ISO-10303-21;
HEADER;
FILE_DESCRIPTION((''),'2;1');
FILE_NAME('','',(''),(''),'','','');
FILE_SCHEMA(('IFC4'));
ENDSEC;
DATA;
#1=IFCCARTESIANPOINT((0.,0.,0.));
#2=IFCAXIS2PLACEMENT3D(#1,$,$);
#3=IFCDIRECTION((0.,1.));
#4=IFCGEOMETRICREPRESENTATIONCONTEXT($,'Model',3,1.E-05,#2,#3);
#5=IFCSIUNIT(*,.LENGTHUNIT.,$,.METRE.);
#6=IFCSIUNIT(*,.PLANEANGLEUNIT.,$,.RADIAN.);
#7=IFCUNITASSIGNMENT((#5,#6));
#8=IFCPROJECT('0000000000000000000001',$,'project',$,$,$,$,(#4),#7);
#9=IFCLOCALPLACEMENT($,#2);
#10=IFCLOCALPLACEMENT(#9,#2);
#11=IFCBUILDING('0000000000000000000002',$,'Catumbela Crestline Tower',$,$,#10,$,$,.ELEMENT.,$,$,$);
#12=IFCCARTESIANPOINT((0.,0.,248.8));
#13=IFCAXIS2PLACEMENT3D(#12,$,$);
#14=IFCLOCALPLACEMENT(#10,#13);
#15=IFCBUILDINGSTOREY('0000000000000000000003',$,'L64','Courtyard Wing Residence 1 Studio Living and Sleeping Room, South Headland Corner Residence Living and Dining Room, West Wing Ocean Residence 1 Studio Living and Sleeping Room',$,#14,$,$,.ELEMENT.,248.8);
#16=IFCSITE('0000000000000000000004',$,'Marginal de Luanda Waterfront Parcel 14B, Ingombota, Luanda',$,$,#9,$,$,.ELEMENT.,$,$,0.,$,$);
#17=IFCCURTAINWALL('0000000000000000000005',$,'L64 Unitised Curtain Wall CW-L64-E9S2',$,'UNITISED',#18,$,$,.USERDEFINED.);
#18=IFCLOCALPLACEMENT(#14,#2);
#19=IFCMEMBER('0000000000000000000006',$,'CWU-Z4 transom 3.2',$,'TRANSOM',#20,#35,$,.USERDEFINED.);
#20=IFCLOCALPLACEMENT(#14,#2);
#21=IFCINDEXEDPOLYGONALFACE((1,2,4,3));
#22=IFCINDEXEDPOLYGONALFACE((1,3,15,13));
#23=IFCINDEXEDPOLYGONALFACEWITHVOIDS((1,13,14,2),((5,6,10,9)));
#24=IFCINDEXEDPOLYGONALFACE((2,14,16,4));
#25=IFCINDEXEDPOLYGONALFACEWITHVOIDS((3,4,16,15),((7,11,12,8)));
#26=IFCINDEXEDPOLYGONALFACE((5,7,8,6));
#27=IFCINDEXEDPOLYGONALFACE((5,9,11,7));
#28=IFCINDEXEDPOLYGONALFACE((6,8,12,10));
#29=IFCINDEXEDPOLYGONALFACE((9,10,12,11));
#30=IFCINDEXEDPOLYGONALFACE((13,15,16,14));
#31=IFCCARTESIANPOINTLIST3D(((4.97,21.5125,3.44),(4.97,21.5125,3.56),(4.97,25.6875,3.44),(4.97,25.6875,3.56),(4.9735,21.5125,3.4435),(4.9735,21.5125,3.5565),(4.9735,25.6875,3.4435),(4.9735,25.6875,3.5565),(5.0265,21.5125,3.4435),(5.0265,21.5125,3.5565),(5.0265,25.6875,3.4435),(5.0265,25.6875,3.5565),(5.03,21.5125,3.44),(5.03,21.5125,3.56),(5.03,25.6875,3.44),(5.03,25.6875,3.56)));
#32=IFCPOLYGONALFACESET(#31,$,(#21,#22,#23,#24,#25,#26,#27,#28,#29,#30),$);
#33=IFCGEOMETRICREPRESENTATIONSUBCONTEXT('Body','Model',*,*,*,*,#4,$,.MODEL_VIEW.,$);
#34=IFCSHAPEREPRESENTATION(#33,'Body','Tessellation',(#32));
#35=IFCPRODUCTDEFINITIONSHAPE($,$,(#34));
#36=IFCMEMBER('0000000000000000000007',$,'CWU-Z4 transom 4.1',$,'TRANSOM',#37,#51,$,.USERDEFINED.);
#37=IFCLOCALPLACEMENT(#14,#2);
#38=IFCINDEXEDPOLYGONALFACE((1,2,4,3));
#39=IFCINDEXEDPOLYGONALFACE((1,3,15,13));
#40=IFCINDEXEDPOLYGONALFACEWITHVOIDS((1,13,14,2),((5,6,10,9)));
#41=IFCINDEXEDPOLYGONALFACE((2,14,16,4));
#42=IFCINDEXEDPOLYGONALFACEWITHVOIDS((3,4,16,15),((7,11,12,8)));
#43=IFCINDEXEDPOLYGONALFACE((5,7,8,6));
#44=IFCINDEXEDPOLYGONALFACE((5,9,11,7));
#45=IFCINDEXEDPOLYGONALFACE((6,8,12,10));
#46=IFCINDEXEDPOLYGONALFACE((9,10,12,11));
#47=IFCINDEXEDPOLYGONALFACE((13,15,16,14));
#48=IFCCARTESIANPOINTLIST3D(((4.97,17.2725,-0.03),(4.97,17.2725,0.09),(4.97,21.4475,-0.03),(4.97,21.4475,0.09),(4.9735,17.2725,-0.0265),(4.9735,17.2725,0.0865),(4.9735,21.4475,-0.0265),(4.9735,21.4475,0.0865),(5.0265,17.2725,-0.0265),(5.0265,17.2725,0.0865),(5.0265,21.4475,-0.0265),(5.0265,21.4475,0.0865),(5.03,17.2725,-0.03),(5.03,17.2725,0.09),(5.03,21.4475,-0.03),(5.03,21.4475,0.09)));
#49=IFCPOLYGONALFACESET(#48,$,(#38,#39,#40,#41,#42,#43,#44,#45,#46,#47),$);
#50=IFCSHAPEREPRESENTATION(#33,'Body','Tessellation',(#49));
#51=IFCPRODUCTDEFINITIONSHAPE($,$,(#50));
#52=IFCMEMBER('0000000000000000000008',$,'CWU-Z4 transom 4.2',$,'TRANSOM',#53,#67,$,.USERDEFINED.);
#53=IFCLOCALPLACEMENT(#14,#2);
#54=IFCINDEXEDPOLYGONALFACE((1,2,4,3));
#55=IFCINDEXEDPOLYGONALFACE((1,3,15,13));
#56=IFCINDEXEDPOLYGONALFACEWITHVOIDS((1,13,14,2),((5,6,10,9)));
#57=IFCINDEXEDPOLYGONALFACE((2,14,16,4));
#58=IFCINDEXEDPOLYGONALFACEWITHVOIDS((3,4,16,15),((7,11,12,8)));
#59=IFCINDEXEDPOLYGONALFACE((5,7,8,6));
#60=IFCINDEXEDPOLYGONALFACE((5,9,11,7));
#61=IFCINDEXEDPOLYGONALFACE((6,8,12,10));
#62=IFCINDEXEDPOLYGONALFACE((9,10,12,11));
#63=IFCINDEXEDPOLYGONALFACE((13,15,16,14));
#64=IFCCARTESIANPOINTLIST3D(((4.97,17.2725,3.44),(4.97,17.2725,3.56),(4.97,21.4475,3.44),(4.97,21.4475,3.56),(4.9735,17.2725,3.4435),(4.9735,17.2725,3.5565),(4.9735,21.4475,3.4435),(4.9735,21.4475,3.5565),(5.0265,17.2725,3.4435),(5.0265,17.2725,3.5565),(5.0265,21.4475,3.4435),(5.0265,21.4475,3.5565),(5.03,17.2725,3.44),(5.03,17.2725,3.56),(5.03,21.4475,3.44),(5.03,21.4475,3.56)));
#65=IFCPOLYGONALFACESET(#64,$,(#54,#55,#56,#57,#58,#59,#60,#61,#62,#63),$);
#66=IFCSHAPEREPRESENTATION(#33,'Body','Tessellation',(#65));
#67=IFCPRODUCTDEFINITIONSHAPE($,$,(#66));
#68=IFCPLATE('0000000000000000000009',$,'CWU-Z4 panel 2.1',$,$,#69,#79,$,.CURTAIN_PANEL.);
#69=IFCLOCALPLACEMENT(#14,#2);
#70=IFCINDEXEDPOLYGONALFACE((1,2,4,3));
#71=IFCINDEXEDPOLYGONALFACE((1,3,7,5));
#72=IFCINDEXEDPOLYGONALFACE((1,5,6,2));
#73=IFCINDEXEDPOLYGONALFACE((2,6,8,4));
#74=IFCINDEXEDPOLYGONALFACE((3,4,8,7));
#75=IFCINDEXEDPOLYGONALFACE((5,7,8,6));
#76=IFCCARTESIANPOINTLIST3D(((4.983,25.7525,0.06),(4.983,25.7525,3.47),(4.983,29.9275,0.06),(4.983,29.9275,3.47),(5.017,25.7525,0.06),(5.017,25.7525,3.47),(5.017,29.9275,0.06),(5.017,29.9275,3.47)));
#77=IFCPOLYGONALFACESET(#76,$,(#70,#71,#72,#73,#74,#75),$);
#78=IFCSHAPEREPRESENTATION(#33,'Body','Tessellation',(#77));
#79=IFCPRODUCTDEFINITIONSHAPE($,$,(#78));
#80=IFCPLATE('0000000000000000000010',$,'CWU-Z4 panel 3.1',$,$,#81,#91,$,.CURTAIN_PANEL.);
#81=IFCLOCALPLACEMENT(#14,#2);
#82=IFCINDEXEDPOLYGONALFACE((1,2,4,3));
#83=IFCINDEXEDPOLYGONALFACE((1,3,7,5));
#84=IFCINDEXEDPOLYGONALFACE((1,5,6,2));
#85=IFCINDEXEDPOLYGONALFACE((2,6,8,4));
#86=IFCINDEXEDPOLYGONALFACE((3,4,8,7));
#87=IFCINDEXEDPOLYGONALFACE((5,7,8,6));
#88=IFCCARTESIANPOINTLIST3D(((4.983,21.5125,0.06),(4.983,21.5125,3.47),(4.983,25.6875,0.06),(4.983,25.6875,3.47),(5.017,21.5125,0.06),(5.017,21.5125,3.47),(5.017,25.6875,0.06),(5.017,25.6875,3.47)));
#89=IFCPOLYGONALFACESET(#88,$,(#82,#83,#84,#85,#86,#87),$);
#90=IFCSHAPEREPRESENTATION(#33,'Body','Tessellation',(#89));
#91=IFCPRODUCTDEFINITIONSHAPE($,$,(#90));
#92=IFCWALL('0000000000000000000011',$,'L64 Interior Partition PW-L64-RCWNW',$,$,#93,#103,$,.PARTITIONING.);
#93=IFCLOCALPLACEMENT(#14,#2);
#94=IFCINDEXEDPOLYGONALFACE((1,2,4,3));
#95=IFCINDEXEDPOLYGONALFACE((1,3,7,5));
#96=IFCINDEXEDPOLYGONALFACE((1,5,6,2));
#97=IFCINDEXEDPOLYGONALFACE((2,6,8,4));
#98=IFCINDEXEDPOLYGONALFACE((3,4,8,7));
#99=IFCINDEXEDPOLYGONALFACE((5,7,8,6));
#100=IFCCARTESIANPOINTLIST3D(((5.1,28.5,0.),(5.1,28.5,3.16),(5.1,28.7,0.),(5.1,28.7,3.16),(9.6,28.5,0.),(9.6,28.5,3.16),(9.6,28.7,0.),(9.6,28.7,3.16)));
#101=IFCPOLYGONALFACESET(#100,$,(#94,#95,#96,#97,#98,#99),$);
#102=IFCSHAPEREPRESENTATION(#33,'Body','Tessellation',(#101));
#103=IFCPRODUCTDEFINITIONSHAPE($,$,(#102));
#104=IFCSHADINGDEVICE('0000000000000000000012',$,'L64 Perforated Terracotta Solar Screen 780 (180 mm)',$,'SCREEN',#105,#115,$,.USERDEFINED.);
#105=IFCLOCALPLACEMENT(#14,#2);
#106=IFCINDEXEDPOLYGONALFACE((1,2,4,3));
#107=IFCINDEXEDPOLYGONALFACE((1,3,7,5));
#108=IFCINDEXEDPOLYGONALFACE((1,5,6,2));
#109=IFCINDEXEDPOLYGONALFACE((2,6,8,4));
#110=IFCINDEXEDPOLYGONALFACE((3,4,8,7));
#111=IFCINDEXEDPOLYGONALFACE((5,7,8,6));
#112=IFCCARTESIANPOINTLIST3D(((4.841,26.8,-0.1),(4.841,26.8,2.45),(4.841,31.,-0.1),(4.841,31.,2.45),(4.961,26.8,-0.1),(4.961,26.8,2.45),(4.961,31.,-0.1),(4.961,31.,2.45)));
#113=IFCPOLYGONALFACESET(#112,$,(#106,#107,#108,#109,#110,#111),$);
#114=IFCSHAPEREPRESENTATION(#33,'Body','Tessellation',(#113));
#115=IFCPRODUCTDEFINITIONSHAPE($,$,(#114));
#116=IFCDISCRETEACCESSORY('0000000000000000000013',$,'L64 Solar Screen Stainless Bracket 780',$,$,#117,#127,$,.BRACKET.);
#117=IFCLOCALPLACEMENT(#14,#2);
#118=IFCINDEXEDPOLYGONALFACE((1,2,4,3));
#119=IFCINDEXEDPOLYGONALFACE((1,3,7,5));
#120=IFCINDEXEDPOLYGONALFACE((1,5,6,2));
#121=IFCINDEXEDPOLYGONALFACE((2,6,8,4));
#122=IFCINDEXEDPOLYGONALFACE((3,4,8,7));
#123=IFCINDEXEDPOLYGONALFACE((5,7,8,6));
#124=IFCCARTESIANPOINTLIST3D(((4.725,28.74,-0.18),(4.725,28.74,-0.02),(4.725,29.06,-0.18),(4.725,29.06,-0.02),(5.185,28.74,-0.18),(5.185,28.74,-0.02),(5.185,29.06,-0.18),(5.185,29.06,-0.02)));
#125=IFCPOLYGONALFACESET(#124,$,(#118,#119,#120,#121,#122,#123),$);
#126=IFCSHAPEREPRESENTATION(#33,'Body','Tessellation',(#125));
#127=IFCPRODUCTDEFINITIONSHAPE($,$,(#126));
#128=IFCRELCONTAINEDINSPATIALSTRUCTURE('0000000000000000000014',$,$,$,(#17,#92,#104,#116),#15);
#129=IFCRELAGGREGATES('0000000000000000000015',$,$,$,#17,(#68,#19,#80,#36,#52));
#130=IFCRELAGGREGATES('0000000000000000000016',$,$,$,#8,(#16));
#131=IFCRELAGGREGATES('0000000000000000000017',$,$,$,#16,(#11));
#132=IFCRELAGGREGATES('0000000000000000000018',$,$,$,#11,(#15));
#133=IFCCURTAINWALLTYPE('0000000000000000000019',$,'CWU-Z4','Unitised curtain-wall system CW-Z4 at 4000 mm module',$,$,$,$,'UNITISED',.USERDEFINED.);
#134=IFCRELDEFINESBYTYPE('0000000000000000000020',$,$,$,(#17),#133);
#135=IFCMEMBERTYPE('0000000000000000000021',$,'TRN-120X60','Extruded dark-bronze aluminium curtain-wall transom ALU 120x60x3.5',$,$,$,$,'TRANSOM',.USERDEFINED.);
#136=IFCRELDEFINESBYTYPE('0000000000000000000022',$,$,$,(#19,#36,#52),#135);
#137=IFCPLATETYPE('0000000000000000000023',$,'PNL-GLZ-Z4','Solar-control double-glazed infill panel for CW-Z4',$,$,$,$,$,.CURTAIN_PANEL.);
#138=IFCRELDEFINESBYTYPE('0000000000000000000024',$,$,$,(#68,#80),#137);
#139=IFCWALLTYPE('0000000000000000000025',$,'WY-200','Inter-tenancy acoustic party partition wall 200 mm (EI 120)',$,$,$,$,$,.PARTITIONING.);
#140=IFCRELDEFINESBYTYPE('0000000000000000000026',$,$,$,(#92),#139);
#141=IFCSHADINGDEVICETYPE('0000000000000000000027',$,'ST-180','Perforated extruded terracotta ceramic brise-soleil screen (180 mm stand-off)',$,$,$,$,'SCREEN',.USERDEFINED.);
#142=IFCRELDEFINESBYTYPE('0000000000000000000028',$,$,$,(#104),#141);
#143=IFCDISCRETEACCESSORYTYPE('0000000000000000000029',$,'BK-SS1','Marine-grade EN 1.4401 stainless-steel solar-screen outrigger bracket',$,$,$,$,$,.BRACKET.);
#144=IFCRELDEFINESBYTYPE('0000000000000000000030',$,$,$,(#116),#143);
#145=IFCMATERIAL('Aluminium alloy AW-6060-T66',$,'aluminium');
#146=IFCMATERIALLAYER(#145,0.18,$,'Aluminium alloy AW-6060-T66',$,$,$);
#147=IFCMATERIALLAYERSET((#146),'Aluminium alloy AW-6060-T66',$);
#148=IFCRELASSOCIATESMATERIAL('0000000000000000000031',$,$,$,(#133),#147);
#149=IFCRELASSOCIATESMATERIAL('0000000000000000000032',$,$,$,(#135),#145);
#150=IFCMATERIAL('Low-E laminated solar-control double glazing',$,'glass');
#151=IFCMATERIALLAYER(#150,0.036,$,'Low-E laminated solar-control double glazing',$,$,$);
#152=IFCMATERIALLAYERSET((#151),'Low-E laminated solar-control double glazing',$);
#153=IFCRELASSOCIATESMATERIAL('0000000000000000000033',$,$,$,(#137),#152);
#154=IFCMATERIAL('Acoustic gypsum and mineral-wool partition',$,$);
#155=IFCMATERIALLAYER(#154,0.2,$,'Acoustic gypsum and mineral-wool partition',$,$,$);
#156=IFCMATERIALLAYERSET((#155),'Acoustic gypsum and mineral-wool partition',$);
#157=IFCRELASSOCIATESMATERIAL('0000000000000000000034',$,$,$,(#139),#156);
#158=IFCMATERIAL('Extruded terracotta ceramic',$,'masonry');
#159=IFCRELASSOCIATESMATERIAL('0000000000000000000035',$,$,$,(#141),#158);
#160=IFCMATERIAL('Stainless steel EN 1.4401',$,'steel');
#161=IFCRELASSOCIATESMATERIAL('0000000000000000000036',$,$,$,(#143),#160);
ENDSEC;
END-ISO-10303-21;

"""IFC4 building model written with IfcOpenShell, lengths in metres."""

from ifc_helpers import new_model, si_unit, direction, frame, frame_2d, origin, origin_2d, place, context, subcontext, project, spatial, rectangle, hollow_rectangle, extrude, material, layer, layer_set, material_profile, profile_set, type_object, element, aggregate, save


model = new_model("IFC4")

# Units and contexts
model_context = context("Model", 3, precision=1e-05, world=origin(), true_north=direction((0.0, 1.0)))
body_context = subcontext(model_context, "Body", "Model", "MODEL_VIEW")
ifc_project = project(units=[si_unit("LENGTHUNIT", "METRE"), si_unit("PLANEANGLEUNIT", "RADIAN")], contexts=[model_context])

# Site, building, storey
site_placement = place(None, origin())
site = spatial("IfcSite", under=ifc_project, at=site_placement, Name="Marginal de Luanda Waterfront Parcel 14B, Ingombota, Luanda", CompositionType="ELEMENT", RefElevation=0.0)
building_placement = place(site_placement, origin())
building = spatial("IfcBuilding", under=site, at=building_placement, Name="Catumbela Crestline Tower", CompositionType="ELEMENT")
storey_placement = place(building_placement, frame((0.0, 0.0, 248.8)))
storey = spatial("IfcBuildingStorey", under=building, at=storey_placement, Name="L64", Description="Courtyard Wing Residence 1 Studio Living and Sleeping Room, South Headland Corner Residence Living and Dining Room, West Wing Ocean Residence 1 Studio Living and Sleeping Room", CompositionType="ELEMENT", Elevation=248.8)

# Curtain wall
ifc_material_1 = material(Name="Aluminium alloy AW-6060-T66", Category="aluminium")
ifc_layer_1 = layer(ifc_material_1, 0.18, Name="Aluminium alloy AW-6060-T66")
ifc_layer_set_1 = layer_set([ifc_layer_1], Name="Aluminium alloy AW-6060-T66")
curtain_wall_type = type_object("IfcCurtainWallType", Name="CWU-Z4", Description="Unitised curtain-wall system CW-Z4 at 4000 mm module", ElementType="UNITISED", PredefinedType="USERDEFINED", material=ifc_layer_set_1)
curtain_wall_placement = place(storey_placement, origin())
curtain_wall = element("IfcCurtainWall", 1, at=curtain_wall_placement, inside=storey, type_object=curtain_wall_type, Name="L64 Unitised Curtain Wall CW-L64-E9S2", ObjectType="UNITISED", PredefinedType="USERDEFINED")

# Members
ifc_material_profile_1 = material_profile(ifc_material_1, hollow_rectangle(XDim=0.06, YDim=0.12, WallThickness=0.0035, at=origin_2d()), Name="ALU 120x60x3.5")
ifc_profile_set_1 = profile_set([ifc_material_profile_1], Name="Aluminium alloy AW-6060-T66")
member_type_1 = type_object("IfcMemberType", Name="TRN-120X60", Description="Extruded dark-bronze aluminium curtain-wall transom ALU 120x60x3.5", ElementType="TRANSOM", PredefinedType="USERDEFINED", material=ifc_profile_set_1)
member_1_placement = place(storey_placement, frame((5.0, 25.6875, 3.5), z_axis=(0.0, -1.0, 0.0), x_axis=(1.0, 0.0, 0.0)))
member_1 = element("IfcMember", 2, at=member_1_placement, type_object=member_type_1, Name="CWU-Z4 transom 3.2", ObjectType="TRANSOM", PredefinedType="USERDEFINED", context=body_context, shape_type="SweptSolid", body=[
    extrude(hollow_rectangle(XDim=0.06, YDim=0.12, WallThickness=0.0035, at=origin_2d()), origin(), (0.0, 0.0, 1.0), 4.175),
])
member_2_placement = place(storey_placement, frame((5.0, 21.4475, 0.03), z_axis=(0.0, -1.0, 0.0), x_axis=(1.0, 0.0, 0.0)))
member_2 = element("IfcMember", 3, at=member_2_placement, type_object=member_type_1, Name="CWU-Z4 transom 4.1", ObjectType="TRANSOM", PredefinedType="USERDEFINED", context=body_context, shape_type="SweptSolid", body=[
    extrude(hollow_rectangle(XDim=0.06, YDim=0.12, WallThickness=0.0035, at=origin_2d()), origin(), (0.0, 0.0, 1.0), 4.175),
])
member_3_placement = place(storey_placement, frame((5.0, 21.4475, 3.5), z_axis=(0.0, -1.0, 0.0), x_axis=(1.0, 0.0, 0.0)))
member_3 = element("IfcMember", 4, at=member_3_placement, type_object=member_type_1, Name="CWU-Z4 transom 4.2", ObjectType="TRANSOM", PredefinedType="USERDEFINED", context=body_context, shape_type="SweptSolid", body=[
    extrude(hollow_rectangle(XDim=0.06, YDim=0.12, WallThickness=0.0035, at=origin_2d()), origin(), (0.0, 0.0, 1.0), 4.175),
])

# Plates
ifc_material_2 = material(Name="Low-E laminated solar-control double glazing", Category="glass")
ifc_layer_2 = layer(ifc_material_2, 0.036, Name="Low-E laminated solar-control double glazing")
ifc_layer_set_2 = layer_set([ifc_layer_2], Name="Low-E laminated solar-control double glazing")
plate_type = type_object("IfcPlateType", Name="PNL-GLZ-Z4", Description="Solar-control double-glazed infill panel for CW-Z4", PredefinedType="CURTAIN_PANEL", material=ifc_layer_set_2)
plate_1_placement = place(storey_placement, frame((5.0, 27.84, 0.06), z_axis=(0.0, 0.0, 1.0), x_axis=(0.0, -1.0, 0.0)))
plate_1 = element("IfcPlate", 5, at=plate_1_placement, type_object=plate_type, Name="CWU-Z4 panel 2.1", PredefinedType="CURTAIN_PANEL", context=body_context, shape_type="SweptSolid", body=[
    extrude(rectangle(XDim=4.175, YDim=0.034, at=origin_2d()), origin(), (0.0, 0.0, 1.0), 3.41),
])
plate_2_placement = place(storey_placement, frame((5.0, 23.6, 0.06), z_axis=(0.0, 0.0, 1.0), x_axis=(0.0, -1.0, 0.0)))
plate_2 = element("IfcPlate", 6, at=plate_2_placement, type_object=plate_type, Name="CWU-Z4 panel 3.1", PredefinedType="CURTAIN_PANEL", context=body_context, shape_type="SweptSolid", body=[
    extrude(rectangle(XDim=4.175, YDim=0.034, at=origin_2d()), origin(), (0.0, 0.0, 1.0), 3.41),
])
aggregate(curtain_wall, [plate_1, member_1, plate_2, member_2, member_3])

# Wall
ifc_material_3 = material(Name="Acoustic gypsum and mineral-wool partition")
ifc_layer_3 = layer(ifc_material_3, 0.2, Name="Acoustic gypsum and mineral-wool partition")
ifc_layer_set_3 = layer_set([ifc_layer_3], Name="Acoustic gypsum and mineral-wool partition")
wall_type = type_object("IfcWallType", Name="WY-200", Description="Inter-tenancy acoustic party partition wall 200 mm (EI 120)", PredefinedType="PARTITIONING", material=ifc_layer_set_3)
wall_placement = place(storey_placement, frame((5.1, 28.6, 0.0), z_axis=(0.0, 0.0, 1.0), x_axis=(1.0, 0.0, 0.0)))
element("IfcWall", 7, at=wall_placement, inside=storey, type_object=wall_type, Name="L64 Interior Partition PW-L64-RCWNW", PredefinedType="PARTITIONING", context=body_context, shape_type="SweptSolid", body=[
    extrude(rectangle(XDim=4.5, YDim=0.2, at=frame_2d((2.25, 0.0))), origin(), (0.0, 0.0, 1.0), 3.16),
])

# Shading device
ifc_material_4 = material(Name="Extruded terracotta ceramic", Category="masonry")
shading_device_type = type_object("IfcShadingDeviceType", Name="ST-180", Description="Perforated extruded terracotta ceramic brise-soleil screen (180 mm stand-off)", ElementType="SCREEN", PredefinedType="USERDEFINED", material=ifc_material_4)
shading_device_placement = place(storey_placement, frame((4.901, 28.9, -0.1), z_axis=(0.0, 0.0, 1.0), x_axis=(0.0, -1.0, 0.0)))
element("IfcShadingDevice", 8, at=shading_device_placement, inside=storey, type_object=shading_device_type, Name="L64 Perforated Terracotta Solar Screen 780 (180 mm)", ObjectType="SCREEN", PredefinedType="USERDEFINED", context=body_context, shape_type="SweptSolid", body=[
    extrude(rectangle(XDim=4.2, YDim=0.12, at=origin_2d()), origin(), (0.0, 0.0, 1.0), 2.55),
])

# Discrete accessory
ifc_material_5 = material(Name="Stainless steel EN 1.4401", Category="steel")
discrete_accessory_type = type_object("IfcDiscreteAccessoryType", Name="BK-SS1", Description="Marine-grade EN 1.4401 stainless-steel solar-screen outrigger bracket", PredefinedType="BRACKET", material=ifc_material_5)
discrete_accessory_placement = place(storey_placement, frame((4.955, 28.9, -0.18), z_axis=(0.0, 0.0, 1.0), x_axis=(0.0, -1.0, 0.0)))
element("IfcDiscreteAccessory", 9, at=discrete_accessory_placement, inside=storey, type_object=discrete_accessory_type, Name="L64 Solar Screen Stainless Bracket 780", PredefinedType="BRACKET", context=body_context, shape_type="SweptSolid", body=[
    extrude(rectangle(XDim=0.32, YDim=0.46, at=origin_2d()), origin(), (0.0, 0.0, 1.0), 0.16),
])

save(model, "model.ifc")
